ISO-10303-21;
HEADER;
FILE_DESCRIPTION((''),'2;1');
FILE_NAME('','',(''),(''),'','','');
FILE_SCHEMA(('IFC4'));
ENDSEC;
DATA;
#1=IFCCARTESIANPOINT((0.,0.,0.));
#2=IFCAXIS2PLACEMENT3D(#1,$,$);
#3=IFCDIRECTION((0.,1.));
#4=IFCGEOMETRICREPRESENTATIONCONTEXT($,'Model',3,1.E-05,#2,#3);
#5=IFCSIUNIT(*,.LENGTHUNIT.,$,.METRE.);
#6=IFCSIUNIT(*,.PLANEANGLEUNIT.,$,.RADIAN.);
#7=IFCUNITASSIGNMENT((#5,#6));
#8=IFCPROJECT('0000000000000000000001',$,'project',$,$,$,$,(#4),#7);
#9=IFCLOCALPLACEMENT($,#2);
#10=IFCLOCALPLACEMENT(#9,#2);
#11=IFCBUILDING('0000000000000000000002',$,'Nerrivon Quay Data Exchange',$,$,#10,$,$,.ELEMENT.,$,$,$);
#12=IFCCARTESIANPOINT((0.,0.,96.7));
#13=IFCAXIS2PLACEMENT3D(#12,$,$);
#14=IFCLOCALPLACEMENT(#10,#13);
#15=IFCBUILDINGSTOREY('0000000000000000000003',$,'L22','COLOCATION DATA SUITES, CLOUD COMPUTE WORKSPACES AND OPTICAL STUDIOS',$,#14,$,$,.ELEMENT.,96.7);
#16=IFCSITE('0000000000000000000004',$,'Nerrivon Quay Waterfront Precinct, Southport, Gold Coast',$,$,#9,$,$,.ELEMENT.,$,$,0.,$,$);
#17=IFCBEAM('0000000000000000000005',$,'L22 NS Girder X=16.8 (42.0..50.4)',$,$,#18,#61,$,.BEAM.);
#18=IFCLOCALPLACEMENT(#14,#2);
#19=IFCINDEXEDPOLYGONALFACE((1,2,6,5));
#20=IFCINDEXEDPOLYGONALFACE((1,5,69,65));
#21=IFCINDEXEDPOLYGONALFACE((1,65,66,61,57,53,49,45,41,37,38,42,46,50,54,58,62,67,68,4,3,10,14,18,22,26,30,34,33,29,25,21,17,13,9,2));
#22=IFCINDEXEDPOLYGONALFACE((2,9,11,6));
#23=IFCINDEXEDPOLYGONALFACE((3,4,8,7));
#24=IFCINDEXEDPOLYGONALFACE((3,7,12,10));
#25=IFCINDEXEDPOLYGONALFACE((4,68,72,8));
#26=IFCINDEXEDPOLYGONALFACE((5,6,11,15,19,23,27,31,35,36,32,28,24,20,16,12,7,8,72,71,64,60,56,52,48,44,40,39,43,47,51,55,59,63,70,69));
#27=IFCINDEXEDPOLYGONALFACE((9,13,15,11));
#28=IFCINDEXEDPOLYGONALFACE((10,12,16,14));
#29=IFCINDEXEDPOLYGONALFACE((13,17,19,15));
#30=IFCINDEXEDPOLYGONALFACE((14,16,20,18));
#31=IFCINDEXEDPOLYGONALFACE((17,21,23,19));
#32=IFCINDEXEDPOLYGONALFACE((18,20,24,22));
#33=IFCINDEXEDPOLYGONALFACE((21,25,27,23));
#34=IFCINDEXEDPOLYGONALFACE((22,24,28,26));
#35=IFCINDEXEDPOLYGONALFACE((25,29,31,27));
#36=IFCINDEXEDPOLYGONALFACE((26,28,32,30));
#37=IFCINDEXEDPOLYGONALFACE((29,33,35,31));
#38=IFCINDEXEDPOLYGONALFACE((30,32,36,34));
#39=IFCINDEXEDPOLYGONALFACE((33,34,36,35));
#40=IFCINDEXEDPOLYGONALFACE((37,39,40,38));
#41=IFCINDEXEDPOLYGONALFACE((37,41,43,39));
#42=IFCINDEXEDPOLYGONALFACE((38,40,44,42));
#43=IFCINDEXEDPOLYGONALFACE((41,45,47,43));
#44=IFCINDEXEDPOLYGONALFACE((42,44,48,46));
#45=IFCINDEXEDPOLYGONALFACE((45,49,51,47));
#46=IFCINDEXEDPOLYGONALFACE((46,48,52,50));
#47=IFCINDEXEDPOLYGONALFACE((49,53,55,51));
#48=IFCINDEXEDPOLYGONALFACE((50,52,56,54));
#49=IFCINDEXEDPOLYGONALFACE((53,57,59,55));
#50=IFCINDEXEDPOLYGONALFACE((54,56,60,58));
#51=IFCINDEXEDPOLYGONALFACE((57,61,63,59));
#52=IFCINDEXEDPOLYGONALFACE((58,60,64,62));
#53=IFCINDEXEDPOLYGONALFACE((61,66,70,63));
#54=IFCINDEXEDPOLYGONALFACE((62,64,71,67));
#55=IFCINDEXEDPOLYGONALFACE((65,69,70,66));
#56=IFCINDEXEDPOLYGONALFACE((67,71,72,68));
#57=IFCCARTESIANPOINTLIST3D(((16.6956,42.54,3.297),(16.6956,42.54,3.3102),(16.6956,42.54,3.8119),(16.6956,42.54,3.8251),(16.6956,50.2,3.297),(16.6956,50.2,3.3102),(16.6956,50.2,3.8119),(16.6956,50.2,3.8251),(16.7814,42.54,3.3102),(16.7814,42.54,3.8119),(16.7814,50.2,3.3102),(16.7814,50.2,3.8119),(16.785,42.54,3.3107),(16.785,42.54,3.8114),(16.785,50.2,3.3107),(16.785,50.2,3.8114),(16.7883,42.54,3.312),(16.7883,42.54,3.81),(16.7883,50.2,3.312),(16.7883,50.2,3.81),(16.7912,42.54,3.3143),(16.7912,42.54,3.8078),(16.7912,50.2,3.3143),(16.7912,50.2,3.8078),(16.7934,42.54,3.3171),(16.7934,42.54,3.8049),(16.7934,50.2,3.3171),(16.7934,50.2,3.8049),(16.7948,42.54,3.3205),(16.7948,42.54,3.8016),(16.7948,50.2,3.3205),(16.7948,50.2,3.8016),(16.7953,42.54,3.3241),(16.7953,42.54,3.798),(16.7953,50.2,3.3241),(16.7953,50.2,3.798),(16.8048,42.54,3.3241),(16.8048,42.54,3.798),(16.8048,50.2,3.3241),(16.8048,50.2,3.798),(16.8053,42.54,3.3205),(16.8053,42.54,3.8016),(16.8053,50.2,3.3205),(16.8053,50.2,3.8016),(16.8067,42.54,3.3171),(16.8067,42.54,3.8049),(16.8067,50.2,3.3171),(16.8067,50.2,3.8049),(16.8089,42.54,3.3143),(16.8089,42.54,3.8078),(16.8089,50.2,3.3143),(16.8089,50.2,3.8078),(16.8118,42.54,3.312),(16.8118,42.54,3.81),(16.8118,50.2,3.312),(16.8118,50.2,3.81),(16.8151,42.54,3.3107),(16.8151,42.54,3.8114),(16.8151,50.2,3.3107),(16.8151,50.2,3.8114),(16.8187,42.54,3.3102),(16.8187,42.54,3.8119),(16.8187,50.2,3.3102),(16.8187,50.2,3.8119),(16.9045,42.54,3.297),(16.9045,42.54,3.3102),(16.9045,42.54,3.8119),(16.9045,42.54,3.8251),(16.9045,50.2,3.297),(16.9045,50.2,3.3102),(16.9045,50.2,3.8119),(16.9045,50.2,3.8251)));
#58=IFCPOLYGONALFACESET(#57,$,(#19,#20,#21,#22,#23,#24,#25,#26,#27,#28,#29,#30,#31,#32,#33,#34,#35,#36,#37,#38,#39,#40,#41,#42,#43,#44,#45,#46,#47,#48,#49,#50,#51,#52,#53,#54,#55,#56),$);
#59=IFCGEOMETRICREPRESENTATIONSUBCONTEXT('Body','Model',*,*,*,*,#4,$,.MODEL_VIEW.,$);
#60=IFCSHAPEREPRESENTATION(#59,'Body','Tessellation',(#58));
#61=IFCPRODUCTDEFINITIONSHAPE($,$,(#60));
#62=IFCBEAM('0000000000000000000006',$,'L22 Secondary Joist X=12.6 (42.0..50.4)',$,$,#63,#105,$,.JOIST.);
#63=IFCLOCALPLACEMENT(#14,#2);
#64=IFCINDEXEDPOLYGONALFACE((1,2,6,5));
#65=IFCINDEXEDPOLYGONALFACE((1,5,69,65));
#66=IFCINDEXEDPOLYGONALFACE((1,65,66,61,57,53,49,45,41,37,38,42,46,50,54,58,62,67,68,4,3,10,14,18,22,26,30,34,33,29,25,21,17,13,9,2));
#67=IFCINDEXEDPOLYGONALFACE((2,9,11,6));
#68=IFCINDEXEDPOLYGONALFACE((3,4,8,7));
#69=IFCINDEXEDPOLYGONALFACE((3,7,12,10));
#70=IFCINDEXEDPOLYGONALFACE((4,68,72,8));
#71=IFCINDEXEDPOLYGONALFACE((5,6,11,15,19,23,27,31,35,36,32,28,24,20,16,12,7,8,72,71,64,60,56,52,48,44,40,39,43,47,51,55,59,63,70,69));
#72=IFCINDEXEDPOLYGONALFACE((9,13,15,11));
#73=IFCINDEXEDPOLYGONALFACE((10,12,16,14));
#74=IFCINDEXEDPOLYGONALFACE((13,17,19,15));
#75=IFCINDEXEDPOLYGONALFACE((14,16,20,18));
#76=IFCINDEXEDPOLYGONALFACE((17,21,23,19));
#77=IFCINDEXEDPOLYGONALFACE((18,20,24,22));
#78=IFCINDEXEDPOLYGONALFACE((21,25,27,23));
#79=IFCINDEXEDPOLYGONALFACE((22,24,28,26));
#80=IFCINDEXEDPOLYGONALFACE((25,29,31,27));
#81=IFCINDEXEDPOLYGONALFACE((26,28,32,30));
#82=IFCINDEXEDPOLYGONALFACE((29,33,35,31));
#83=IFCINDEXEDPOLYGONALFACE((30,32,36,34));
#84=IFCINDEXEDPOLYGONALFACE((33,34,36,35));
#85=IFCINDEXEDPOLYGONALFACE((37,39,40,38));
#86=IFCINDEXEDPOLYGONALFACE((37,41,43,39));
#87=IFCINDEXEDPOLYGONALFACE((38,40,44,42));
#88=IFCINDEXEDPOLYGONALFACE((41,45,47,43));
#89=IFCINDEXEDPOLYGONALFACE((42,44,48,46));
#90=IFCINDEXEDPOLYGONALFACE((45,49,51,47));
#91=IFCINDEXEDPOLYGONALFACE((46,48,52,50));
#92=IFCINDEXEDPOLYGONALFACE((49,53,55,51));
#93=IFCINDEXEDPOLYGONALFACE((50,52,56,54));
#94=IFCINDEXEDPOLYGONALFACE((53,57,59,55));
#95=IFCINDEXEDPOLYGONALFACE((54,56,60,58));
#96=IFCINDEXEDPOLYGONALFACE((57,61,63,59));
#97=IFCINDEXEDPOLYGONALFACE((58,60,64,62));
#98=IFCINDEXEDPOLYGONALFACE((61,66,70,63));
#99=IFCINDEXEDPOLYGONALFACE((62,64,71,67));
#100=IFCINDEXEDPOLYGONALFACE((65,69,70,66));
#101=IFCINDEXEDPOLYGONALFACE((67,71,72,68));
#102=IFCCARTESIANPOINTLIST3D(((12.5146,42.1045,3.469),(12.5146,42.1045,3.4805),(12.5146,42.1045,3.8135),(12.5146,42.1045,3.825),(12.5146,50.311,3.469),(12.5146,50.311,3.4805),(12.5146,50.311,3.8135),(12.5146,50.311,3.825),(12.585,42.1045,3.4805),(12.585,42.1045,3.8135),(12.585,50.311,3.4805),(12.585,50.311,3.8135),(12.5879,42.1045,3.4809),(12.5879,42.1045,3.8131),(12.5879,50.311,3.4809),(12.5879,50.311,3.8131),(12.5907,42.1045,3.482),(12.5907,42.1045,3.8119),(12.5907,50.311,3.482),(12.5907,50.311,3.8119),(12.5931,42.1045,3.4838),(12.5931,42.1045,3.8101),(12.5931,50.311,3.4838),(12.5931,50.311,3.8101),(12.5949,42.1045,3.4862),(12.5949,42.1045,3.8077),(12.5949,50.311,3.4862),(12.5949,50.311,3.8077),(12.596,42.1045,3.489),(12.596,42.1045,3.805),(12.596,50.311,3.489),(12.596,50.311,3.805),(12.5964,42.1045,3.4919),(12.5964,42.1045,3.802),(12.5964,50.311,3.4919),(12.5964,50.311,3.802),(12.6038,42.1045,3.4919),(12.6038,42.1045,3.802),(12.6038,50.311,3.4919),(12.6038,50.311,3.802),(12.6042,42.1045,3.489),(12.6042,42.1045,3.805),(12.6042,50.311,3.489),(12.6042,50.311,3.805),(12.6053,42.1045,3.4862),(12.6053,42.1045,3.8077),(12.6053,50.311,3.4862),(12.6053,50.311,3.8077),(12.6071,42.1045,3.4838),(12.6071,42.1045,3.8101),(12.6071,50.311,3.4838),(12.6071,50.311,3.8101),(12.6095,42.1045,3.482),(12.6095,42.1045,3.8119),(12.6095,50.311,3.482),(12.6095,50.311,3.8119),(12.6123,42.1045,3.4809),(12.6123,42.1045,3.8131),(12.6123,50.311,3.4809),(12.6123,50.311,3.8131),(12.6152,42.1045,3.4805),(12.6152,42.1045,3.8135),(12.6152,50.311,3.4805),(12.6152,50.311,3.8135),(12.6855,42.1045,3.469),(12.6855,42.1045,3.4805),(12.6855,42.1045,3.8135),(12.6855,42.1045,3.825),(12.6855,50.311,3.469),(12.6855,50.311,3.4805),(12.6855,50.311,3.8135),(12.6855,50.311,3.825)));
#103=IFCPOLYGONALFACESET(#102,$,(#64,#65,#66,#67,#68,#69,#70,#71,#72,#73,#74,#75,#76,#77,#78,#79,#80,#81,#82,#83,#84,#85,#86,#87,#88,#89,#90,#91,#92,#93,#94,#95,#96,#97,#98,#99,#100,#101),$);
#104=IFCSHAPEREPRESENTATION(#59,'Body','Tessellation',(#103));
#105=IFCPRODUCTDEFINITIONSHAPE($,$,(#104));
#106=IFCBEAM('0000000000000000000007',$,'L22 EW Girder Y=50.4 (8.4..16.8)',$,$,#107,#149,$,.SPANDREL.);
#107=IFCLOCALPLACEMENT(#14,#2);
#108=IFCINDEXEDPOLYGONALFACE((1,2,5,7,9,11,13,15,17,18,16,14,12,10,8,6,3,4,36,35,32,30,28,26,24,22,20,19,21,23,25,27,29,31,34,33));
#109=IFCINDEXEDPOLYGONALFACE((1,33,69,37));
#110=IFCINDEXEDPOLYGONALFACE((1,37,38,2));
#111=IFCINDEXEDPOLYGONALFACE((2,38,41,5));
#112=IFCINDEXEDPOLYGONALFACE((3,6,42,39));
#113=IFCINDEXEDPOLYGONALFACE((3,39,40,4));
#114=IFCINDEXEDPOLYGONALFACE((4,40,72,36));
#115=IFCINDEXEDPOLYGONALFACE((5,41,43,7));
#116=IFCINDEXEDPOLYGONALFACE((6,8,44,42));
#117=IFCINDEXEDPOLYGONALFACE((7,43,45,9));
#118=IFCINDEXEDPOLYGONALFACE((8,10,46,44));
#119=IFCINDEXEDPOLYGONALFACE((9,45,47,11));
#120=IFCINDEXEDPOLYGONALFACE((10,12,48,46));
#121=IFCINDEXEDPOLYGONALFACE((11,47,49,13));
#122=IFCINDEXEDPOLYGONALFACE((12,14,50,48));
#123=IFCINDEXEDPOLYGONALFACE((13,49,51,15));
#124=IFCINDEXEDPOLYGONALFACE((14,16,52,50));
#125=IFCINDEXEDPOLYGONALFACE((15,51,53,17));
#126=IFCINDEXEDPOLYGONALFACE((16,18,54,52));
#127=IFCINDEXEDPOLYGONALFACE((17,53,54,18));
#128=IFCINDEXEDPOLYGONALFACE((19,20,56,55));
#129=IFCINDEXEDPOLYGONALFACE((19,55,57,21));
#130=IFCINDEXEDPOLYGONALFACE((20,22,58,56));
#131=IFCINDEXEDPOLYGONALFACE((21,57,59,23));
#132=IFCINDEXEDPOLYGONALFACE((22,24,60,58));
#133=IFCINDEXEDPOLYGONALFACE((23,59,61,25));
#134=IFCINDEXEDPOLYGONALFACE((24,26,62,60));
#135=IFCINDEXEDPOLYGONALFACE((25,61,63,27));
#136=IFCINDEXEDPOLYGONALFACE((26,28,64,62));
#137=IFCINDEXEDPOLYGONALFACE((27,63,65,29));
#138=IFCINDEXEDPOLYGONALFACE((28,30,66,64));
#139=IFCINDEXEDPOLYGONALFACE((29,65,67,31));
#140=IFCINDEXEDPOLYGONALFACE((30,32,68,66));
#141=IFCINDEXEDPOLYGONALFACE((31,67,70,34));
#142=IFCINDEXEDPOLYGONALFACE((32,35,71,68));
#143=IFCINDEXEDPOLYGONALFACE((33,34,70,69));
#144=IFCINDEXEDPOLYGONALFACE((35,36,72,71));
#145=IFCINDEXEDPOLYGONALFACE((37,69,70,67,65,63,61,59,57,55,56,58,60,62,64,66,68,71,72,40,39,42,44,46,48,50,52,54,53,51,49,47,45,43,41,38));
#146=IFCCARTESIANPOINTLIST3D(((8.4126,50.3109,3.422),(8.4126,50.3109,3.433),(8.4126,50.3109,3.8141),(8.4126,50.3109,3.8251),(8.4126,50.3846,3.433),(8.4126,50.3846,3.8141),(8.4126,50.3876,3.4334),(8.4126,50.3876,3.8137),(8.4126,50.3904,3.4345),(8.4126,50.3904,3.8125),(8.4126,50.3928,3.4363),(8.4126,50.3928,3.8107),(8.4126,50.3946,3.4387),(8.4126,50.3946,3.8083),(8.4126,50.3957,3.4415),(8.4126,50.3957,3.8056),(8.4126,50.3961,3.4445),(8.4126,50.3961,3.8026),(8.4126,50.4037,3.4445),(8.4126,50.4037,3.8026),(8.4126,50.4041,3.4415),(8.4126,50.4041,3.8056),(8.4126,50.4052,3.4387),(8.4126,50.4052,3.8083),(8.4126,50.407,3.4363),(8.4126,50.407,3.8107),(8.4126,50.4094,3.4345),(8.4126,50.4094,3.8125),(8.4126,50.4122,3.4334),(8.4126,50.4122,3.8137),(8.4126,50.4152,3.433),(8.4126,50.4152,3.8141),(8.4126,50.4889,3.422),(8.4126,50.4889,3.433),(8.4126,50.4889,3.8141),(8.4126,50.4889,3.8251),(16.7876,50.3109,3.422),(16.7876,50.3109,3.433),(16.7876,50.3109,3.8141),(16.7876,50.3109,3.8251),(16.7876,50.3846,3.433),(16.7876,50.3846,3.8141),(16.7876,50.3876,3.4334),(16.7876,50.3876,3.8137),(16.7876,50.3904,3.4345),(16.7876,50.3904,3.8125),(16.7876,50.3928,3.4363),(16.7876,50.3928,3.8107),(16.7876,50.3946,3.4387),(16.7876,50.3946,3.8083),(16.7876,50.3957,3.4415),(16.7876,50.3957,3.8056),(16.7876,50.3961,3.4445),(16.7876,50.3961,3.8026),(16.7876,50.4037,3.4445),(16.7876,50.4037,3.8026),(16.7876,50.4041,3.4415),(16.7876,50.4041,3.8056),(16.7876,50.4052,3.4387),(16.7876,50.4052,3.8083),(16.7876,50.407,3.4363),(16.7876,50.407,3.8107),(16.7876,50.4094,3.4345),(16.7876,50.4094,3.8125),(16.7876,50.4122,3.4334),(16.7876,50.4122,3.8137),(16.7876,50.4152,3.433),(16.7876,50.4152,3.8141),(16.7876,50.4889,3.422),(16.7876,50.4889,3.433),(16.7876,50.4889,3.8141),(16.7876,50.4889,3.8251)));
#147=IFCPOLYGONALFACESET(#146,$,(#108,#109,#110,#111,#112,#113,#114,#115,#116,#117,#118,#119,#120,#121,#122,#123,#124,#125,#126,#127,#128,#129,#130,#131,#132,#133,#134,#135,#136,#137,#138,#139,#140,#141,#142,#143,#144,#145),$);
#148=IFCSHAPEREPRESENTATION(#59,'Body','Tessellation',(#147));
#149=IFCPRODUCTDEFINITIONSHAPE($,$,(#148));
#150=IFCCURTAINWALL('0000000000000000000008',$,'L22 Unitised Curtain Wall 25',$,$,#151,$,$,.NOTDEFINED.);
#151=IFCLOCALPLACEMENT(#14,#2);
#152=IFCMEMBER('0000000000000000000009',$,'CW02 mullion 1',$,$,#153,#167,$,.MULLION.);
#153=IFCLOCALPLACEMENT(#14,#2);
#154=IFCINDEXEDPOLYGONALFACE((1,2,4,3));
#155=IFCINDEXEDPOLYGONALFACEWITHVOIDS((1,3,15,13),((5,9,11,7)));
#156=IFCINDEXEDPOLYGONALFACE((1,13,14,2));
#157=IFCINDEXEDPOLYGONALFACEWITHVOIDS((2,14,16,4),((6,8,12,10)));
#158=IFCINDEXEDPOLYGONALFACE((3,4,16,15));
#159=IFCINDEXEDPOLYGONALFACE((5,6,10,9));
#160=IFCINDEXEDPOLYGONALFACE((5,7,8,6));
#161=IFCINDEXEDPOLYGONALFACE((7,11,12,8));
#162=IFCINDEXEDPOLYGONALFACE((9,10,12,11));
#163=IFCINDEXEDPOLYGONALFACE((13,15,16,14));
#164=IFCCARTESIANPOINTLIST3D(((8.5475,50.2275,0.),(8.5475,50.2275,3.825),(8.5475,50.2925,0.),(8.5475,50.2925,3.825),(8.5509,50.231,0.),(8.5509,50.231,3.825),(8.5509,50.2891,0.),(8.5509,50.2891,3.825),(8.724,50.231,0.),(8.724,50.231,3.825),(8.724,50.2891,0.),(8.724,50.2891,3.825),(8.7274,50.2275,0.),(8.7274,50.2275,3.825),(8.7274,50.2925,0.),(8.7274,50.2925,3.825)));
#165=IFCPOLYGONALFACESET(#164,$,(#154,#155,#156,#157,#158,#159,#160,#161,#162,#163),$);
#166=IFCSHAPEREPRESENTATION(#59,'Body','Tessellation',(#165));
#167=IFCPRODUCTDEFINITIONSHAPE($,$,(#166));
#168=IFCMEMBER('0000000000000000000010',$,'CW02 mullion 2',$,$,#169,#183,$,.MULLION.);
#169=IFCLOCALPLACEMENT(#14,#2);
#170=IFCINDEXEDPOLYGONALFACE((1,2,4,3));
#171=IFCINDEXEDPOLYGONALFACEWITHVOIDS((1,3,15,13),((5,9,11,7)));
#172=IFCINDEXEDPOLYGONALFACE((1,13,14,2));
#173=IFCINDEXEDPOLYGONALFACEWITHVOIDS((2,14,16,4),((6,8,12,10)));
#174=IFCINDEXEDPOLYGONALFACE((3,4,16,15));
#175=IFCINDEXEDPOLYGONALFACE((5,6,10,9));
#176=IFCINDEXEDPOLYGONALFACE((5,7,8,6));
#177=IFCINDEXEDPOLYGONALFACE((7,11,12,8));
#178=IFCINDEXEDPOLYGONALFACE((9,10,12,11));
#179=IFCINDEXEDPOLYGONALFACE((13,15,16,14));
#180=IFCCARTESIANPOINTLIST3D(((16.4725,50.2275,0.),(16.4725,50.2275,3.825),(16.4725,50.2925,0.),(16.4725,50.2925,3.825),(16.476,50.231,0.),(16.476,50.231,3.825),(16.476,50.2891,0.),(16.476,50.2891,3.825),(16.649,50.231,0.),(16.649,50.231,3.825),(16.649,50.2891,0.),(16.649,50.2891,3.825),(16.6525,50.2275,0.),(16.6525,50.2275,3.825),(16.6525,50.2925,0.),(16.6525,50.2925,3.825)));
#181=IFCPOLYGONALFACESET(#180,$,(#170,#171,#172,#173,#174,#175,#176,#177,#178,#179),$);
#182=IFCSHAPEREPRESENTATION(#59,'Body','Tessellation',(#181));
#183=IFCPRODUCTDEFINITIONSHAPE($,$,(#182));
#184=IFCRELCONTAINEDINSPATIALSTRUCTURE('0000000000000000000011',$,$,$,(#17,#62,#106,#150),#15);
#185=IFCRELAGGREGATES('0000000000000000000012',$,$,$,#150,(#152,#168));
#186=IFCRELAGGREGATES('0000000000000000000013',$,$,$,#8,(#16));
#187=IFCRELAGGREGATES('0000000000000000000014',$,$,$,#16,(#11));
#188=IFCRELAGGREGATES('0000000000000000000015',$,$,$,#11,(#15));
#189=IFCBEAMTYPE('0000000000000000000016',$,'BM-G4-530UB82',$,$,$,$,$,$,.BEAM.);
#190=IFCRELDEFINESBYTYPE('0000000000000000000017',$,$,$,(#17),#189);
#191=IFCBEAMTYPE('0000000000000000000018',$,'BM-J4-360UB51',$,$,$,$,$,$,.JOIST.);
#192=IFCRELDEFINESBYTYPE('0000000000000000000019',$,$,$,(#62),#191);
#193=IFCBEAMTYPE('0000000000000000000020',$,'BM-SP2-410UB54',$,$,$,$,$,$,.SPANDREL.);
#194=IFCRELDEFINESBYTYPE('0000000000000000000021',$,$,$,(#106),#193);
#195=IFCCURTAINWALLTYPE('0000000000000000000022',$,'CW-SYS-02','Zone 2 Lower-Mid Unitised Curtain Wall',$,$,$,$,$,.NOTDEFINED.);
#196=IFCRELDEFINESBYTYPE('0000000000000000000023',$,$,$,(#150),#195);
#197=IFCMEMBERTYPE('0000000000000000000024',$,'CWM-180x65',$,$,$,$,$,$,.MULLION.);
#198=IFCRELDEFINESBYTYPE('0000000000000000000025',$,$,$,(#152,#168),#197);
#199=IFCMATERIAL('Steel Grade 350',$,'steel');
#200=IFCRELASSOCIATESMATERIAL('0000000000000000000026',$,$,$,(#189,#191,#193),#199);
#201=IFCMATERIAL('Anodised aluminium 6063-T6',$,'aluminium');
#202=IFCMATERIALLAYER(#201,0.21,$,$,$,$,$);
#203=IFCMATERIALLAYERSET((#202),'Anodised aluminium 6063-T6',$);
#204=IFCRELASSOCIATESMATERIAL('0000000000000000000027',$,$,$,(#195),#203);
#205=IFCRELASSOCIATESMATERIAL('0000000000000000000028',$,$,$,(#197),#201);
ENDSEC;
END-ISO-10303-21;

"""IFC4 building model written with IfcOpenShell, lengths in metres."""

from ifc_helpers import new_model, si_unit, direction, frame, origin, origin_2d, place, context, subcontext, project, spatial, hollow_rectangle, i_section, extrude, material, layer, layer_set, material_profile, profile_set, type_object, element, aggregate, save


model = new_model("IFC4")

# Units and contexts
model_context = context("Model", 3, precision=1e-05, world=origin(), true_north=direction((0.0, 1.0)))
body_context = subcontext(model_context, "Body", "Model", "MODEL_VIEW")
ifc_project = project(units=[si_unit("LENGTHUNIT", "METRE"), si_unit("PLANEANGLEUNIT", "RADIAN")], contexts=[model_context])

# Site, building, storey
site_placement = place(None, origin())
site = spatial("IfcSite", under=ifc_project, at=site_placement, Name="Nerrivon Quay Waterfront Precinct, Southport, Gold Coast", CompositionType="ELEMENT", RefElevation=0.0)
building_placement = place(site_placement, origin())
building = spatial("IfcBuilding", under=site, at=building_placement, Name="Nerrivon Quay Data Exchange", CompositionType="ELEMENT")
storey_placement = place(building_placement, frame((0.0, 0.0, 96.7)))
storey = spatial("IfcBuildingStorey", under=building, at=storey_placement, Name="L22", Description="COLOCATION DATA SUITES, CLOUD COMPUTE WORKSPACES AND OPTICAL STUDIOS", CompositionType="ELEMENT", Elevation=96.7)

# Shared definitions
ifc_material_1 = material(Name="Steel Grade 350", Category="steel")

# Beams
ifc_material_profile_1 = material_profile(ifc_material_1, i_section(OverallWidth=0.209, OverallDepth=0.5281, WebThickness=0.0095, FlangeThickness=0.0132, FilletRadius=0.0139, at=origin_2d()), Name="530UB82.0")
ifc_profile_set_1 = profile_set([ifc_material_profile_1], Name="Steel Grade 350")
beam_type_1 = type_object("IfcBeamType", Name="BM-G4-530UB82", PredefinedType="BEAM", material=ifc_profile_set_1)
beam_1_placement = place(storey_placement, frame((16.8, 42.54, 3.561), z_axis=(0.0, 1.0, 0.0), x_axis=(-1.0, 0.0, 0.0)))
element("IfcBeam", 1, at=beam_1_placement, inside=storey, type_object=beam_type_1, Name="L22 NS Girder X=16.8 (42.0..50.4)", PredefinedType="BEAM", context=body_context, shape_type="SweptSolid", body=[
    extrude(i_section(OverallWidth=0.209, OverallDepth=0.5281, WebThickness=0.0095, FlangeThickness=0.0132, FilletRadius=0.0139, at=origin_2d()), origin(), (0.0, 0.0, 1.0), 7.6599),
])
ifc_material_profile_2 = material_profile(ifc_material_1, i_section(OverallWidth=0.1709, OverallDepth=0.356, WebThickness=0.0073, FlangeThickness=0.0115, FilletRadius=0.0115, at=origin_2d()), Name="360UB50.7")
ifc_profile_set_2 = profile_set([ifc_material_profile_2], Name="Steel Grade 350")
beam_type_2 = type_object("IfcBeamType", Name="BM-J4-360UB51", PredefinedType="JOIST", material=ifc_profile_set_2)
beam_2_placement = place(storey_placement, frame((12.6001, 42.1045, 3.647), z_axis=(0.0, 1.0, 0.0), x_axis=(-1.0, 0.0, 0.0)))
element("IfcBeam", 2, at=beam_2_placement, inside=storey, type_object=beam_type_2, Name="L22 Secondary Joist X=12.6 (42.0..50.4)", PredefinedType="JOIST", context=body_context, shape_type="SweptSolid", body=[
    extrude(i_section(OverallWidth=0.1709, OverallDepth=0.356, WebThickness=0.0073, FlangeThickness=0.0115, FilletRadius=0.0115, at=origin_2d()), origin(), (0.0, 0.0, 1.0), 8.2065),
])
ifc_material_profile_3 = material_profile(ifc_material_1, i_section(OverallWidth=0.178, OverallDepth=0.4031, WebThickness=0.0076, FlangeThickness=0.011, FilletRadius=0.0115, at=origin_2d()), Name="410UB53.7")
ifc_profile_set_3 = profile_set([ifc_material_profile_3], Name="Steel Grade 350")
beam_type_3 = type_object("IfcBeamType", Name="BM-SP2-410UB54", PredefinedType="SPANDREL", material=ifc_profile_set_3)
beam_3_placement = place(storey_placement, frame((8.4126, 50.3999, 3.6235), z_axis=(1.0, 0.0, 0.0), x_axis=(0.0, 1.0, 0.0)))
element("IfcBeam", 3, at=beam_3_placement, inside=storey, type_object=beam_type_3, Name="L22 EW Girder Y=50.4 (8.4..16.8)", PredefinedType="SPANDREL", context=body_context, shape_type="SweptSolid", body=[
    extrude(i_section(OverallWidth=0.178, OverallDepth=0.4031, WebThickness=0.0076, FlangeThickness=0.011, FilletRadius=0.0115, at=origin_2d()), origin(), (0.0, 0.0, 1.0), 8.375),
])

# Curtain wall, members
ifc_material_2 = material(Name="Anodised aluminium 6063-T6", Category="aluminium")
ifc_layer_1 = layer(ifc_material_2, 0.21)
ifc_layer_set_1 = layer_set([ifc_layer_1], Name="Anodised aluminium 6063-T6")
curtain_wall_type = type_object("IfcCurtainWallType", Name="CW-SYS-02", Description="Zone 2 Lower-Mid Unitised Curtain Wall", PredefinedType="NOTDEFINED", material=ifc_layer_set_1)
curtain_wall_1_placement = place(storey_placement, origin())
curtain_wall_1 = element("IfcCurtainWall", 4, at=curtain_wall_1_placement, inside=storey, type_object=curtain_wall_type, Name="L22 Unitised Curtain Wall 25", PredefinedType="NOTDEFINED")
ifc_material_profile_4 = material_profile(ifc_material_2, hollow_rectangle(XDim=0.0649, YDim=0.1799, WallThickness=0.0034, at=origin_2d()), Name="ALU-MULL-180x65")
ifc_profile_set_4 = profile_set([ifc_material_profile_4], Name="Anodised aluminium 6063-T6")
member_type_1 = type_object("IfcMemberType", Name="CWM-180x65", PredefinedType="MULLION", material=ifc_profile_set_4)
member_1_placement = place(storey_placement, frame((8.6375, 50.26, 0.0), z_axis=(0.0, 0.0, 1.0), x_axis=(0.0, 1.0, 0.0)))
member_1 = element("IfcMember", 5, at=member_1_placement, type_object=member_type_1, Name="CW02 mullion 1", PredefinedType="MULLION", context=body_context, shape_type="SweptSolid", body=[
    extrude(hollow_rectangle(XDim=0.0649, YDim=0.1799, WallThickness=0.0034, at=origin_2d()), origin(), (0.0, 0.0, 1.0), 3.825),
])
member_2_placement = place(storey_placement, frame((16.5625, 50.26, 0.0), z_axis=(0.0, 0.0, 1.0), x_axis=(0.0, 1.0, 0.0)))
member_2 = element("IfcMember", 6, at=member_2_placement, type_object=member_type_1, Name="CW02 mullion 2", PredefinedType="MULLION", context=body_context, shape_type="SweptSolid", body=[
    extrude(hollow_rectangle(XDim=0.0649, YDim=0.1799, WallThickness=0.0034, at=origin_2d()), origin(), (0.0, 0.0, 1.0), 3.825),
])

aggregate(curtain_wall_1, [member_1, member_2])

save(model, "model.ifc")
